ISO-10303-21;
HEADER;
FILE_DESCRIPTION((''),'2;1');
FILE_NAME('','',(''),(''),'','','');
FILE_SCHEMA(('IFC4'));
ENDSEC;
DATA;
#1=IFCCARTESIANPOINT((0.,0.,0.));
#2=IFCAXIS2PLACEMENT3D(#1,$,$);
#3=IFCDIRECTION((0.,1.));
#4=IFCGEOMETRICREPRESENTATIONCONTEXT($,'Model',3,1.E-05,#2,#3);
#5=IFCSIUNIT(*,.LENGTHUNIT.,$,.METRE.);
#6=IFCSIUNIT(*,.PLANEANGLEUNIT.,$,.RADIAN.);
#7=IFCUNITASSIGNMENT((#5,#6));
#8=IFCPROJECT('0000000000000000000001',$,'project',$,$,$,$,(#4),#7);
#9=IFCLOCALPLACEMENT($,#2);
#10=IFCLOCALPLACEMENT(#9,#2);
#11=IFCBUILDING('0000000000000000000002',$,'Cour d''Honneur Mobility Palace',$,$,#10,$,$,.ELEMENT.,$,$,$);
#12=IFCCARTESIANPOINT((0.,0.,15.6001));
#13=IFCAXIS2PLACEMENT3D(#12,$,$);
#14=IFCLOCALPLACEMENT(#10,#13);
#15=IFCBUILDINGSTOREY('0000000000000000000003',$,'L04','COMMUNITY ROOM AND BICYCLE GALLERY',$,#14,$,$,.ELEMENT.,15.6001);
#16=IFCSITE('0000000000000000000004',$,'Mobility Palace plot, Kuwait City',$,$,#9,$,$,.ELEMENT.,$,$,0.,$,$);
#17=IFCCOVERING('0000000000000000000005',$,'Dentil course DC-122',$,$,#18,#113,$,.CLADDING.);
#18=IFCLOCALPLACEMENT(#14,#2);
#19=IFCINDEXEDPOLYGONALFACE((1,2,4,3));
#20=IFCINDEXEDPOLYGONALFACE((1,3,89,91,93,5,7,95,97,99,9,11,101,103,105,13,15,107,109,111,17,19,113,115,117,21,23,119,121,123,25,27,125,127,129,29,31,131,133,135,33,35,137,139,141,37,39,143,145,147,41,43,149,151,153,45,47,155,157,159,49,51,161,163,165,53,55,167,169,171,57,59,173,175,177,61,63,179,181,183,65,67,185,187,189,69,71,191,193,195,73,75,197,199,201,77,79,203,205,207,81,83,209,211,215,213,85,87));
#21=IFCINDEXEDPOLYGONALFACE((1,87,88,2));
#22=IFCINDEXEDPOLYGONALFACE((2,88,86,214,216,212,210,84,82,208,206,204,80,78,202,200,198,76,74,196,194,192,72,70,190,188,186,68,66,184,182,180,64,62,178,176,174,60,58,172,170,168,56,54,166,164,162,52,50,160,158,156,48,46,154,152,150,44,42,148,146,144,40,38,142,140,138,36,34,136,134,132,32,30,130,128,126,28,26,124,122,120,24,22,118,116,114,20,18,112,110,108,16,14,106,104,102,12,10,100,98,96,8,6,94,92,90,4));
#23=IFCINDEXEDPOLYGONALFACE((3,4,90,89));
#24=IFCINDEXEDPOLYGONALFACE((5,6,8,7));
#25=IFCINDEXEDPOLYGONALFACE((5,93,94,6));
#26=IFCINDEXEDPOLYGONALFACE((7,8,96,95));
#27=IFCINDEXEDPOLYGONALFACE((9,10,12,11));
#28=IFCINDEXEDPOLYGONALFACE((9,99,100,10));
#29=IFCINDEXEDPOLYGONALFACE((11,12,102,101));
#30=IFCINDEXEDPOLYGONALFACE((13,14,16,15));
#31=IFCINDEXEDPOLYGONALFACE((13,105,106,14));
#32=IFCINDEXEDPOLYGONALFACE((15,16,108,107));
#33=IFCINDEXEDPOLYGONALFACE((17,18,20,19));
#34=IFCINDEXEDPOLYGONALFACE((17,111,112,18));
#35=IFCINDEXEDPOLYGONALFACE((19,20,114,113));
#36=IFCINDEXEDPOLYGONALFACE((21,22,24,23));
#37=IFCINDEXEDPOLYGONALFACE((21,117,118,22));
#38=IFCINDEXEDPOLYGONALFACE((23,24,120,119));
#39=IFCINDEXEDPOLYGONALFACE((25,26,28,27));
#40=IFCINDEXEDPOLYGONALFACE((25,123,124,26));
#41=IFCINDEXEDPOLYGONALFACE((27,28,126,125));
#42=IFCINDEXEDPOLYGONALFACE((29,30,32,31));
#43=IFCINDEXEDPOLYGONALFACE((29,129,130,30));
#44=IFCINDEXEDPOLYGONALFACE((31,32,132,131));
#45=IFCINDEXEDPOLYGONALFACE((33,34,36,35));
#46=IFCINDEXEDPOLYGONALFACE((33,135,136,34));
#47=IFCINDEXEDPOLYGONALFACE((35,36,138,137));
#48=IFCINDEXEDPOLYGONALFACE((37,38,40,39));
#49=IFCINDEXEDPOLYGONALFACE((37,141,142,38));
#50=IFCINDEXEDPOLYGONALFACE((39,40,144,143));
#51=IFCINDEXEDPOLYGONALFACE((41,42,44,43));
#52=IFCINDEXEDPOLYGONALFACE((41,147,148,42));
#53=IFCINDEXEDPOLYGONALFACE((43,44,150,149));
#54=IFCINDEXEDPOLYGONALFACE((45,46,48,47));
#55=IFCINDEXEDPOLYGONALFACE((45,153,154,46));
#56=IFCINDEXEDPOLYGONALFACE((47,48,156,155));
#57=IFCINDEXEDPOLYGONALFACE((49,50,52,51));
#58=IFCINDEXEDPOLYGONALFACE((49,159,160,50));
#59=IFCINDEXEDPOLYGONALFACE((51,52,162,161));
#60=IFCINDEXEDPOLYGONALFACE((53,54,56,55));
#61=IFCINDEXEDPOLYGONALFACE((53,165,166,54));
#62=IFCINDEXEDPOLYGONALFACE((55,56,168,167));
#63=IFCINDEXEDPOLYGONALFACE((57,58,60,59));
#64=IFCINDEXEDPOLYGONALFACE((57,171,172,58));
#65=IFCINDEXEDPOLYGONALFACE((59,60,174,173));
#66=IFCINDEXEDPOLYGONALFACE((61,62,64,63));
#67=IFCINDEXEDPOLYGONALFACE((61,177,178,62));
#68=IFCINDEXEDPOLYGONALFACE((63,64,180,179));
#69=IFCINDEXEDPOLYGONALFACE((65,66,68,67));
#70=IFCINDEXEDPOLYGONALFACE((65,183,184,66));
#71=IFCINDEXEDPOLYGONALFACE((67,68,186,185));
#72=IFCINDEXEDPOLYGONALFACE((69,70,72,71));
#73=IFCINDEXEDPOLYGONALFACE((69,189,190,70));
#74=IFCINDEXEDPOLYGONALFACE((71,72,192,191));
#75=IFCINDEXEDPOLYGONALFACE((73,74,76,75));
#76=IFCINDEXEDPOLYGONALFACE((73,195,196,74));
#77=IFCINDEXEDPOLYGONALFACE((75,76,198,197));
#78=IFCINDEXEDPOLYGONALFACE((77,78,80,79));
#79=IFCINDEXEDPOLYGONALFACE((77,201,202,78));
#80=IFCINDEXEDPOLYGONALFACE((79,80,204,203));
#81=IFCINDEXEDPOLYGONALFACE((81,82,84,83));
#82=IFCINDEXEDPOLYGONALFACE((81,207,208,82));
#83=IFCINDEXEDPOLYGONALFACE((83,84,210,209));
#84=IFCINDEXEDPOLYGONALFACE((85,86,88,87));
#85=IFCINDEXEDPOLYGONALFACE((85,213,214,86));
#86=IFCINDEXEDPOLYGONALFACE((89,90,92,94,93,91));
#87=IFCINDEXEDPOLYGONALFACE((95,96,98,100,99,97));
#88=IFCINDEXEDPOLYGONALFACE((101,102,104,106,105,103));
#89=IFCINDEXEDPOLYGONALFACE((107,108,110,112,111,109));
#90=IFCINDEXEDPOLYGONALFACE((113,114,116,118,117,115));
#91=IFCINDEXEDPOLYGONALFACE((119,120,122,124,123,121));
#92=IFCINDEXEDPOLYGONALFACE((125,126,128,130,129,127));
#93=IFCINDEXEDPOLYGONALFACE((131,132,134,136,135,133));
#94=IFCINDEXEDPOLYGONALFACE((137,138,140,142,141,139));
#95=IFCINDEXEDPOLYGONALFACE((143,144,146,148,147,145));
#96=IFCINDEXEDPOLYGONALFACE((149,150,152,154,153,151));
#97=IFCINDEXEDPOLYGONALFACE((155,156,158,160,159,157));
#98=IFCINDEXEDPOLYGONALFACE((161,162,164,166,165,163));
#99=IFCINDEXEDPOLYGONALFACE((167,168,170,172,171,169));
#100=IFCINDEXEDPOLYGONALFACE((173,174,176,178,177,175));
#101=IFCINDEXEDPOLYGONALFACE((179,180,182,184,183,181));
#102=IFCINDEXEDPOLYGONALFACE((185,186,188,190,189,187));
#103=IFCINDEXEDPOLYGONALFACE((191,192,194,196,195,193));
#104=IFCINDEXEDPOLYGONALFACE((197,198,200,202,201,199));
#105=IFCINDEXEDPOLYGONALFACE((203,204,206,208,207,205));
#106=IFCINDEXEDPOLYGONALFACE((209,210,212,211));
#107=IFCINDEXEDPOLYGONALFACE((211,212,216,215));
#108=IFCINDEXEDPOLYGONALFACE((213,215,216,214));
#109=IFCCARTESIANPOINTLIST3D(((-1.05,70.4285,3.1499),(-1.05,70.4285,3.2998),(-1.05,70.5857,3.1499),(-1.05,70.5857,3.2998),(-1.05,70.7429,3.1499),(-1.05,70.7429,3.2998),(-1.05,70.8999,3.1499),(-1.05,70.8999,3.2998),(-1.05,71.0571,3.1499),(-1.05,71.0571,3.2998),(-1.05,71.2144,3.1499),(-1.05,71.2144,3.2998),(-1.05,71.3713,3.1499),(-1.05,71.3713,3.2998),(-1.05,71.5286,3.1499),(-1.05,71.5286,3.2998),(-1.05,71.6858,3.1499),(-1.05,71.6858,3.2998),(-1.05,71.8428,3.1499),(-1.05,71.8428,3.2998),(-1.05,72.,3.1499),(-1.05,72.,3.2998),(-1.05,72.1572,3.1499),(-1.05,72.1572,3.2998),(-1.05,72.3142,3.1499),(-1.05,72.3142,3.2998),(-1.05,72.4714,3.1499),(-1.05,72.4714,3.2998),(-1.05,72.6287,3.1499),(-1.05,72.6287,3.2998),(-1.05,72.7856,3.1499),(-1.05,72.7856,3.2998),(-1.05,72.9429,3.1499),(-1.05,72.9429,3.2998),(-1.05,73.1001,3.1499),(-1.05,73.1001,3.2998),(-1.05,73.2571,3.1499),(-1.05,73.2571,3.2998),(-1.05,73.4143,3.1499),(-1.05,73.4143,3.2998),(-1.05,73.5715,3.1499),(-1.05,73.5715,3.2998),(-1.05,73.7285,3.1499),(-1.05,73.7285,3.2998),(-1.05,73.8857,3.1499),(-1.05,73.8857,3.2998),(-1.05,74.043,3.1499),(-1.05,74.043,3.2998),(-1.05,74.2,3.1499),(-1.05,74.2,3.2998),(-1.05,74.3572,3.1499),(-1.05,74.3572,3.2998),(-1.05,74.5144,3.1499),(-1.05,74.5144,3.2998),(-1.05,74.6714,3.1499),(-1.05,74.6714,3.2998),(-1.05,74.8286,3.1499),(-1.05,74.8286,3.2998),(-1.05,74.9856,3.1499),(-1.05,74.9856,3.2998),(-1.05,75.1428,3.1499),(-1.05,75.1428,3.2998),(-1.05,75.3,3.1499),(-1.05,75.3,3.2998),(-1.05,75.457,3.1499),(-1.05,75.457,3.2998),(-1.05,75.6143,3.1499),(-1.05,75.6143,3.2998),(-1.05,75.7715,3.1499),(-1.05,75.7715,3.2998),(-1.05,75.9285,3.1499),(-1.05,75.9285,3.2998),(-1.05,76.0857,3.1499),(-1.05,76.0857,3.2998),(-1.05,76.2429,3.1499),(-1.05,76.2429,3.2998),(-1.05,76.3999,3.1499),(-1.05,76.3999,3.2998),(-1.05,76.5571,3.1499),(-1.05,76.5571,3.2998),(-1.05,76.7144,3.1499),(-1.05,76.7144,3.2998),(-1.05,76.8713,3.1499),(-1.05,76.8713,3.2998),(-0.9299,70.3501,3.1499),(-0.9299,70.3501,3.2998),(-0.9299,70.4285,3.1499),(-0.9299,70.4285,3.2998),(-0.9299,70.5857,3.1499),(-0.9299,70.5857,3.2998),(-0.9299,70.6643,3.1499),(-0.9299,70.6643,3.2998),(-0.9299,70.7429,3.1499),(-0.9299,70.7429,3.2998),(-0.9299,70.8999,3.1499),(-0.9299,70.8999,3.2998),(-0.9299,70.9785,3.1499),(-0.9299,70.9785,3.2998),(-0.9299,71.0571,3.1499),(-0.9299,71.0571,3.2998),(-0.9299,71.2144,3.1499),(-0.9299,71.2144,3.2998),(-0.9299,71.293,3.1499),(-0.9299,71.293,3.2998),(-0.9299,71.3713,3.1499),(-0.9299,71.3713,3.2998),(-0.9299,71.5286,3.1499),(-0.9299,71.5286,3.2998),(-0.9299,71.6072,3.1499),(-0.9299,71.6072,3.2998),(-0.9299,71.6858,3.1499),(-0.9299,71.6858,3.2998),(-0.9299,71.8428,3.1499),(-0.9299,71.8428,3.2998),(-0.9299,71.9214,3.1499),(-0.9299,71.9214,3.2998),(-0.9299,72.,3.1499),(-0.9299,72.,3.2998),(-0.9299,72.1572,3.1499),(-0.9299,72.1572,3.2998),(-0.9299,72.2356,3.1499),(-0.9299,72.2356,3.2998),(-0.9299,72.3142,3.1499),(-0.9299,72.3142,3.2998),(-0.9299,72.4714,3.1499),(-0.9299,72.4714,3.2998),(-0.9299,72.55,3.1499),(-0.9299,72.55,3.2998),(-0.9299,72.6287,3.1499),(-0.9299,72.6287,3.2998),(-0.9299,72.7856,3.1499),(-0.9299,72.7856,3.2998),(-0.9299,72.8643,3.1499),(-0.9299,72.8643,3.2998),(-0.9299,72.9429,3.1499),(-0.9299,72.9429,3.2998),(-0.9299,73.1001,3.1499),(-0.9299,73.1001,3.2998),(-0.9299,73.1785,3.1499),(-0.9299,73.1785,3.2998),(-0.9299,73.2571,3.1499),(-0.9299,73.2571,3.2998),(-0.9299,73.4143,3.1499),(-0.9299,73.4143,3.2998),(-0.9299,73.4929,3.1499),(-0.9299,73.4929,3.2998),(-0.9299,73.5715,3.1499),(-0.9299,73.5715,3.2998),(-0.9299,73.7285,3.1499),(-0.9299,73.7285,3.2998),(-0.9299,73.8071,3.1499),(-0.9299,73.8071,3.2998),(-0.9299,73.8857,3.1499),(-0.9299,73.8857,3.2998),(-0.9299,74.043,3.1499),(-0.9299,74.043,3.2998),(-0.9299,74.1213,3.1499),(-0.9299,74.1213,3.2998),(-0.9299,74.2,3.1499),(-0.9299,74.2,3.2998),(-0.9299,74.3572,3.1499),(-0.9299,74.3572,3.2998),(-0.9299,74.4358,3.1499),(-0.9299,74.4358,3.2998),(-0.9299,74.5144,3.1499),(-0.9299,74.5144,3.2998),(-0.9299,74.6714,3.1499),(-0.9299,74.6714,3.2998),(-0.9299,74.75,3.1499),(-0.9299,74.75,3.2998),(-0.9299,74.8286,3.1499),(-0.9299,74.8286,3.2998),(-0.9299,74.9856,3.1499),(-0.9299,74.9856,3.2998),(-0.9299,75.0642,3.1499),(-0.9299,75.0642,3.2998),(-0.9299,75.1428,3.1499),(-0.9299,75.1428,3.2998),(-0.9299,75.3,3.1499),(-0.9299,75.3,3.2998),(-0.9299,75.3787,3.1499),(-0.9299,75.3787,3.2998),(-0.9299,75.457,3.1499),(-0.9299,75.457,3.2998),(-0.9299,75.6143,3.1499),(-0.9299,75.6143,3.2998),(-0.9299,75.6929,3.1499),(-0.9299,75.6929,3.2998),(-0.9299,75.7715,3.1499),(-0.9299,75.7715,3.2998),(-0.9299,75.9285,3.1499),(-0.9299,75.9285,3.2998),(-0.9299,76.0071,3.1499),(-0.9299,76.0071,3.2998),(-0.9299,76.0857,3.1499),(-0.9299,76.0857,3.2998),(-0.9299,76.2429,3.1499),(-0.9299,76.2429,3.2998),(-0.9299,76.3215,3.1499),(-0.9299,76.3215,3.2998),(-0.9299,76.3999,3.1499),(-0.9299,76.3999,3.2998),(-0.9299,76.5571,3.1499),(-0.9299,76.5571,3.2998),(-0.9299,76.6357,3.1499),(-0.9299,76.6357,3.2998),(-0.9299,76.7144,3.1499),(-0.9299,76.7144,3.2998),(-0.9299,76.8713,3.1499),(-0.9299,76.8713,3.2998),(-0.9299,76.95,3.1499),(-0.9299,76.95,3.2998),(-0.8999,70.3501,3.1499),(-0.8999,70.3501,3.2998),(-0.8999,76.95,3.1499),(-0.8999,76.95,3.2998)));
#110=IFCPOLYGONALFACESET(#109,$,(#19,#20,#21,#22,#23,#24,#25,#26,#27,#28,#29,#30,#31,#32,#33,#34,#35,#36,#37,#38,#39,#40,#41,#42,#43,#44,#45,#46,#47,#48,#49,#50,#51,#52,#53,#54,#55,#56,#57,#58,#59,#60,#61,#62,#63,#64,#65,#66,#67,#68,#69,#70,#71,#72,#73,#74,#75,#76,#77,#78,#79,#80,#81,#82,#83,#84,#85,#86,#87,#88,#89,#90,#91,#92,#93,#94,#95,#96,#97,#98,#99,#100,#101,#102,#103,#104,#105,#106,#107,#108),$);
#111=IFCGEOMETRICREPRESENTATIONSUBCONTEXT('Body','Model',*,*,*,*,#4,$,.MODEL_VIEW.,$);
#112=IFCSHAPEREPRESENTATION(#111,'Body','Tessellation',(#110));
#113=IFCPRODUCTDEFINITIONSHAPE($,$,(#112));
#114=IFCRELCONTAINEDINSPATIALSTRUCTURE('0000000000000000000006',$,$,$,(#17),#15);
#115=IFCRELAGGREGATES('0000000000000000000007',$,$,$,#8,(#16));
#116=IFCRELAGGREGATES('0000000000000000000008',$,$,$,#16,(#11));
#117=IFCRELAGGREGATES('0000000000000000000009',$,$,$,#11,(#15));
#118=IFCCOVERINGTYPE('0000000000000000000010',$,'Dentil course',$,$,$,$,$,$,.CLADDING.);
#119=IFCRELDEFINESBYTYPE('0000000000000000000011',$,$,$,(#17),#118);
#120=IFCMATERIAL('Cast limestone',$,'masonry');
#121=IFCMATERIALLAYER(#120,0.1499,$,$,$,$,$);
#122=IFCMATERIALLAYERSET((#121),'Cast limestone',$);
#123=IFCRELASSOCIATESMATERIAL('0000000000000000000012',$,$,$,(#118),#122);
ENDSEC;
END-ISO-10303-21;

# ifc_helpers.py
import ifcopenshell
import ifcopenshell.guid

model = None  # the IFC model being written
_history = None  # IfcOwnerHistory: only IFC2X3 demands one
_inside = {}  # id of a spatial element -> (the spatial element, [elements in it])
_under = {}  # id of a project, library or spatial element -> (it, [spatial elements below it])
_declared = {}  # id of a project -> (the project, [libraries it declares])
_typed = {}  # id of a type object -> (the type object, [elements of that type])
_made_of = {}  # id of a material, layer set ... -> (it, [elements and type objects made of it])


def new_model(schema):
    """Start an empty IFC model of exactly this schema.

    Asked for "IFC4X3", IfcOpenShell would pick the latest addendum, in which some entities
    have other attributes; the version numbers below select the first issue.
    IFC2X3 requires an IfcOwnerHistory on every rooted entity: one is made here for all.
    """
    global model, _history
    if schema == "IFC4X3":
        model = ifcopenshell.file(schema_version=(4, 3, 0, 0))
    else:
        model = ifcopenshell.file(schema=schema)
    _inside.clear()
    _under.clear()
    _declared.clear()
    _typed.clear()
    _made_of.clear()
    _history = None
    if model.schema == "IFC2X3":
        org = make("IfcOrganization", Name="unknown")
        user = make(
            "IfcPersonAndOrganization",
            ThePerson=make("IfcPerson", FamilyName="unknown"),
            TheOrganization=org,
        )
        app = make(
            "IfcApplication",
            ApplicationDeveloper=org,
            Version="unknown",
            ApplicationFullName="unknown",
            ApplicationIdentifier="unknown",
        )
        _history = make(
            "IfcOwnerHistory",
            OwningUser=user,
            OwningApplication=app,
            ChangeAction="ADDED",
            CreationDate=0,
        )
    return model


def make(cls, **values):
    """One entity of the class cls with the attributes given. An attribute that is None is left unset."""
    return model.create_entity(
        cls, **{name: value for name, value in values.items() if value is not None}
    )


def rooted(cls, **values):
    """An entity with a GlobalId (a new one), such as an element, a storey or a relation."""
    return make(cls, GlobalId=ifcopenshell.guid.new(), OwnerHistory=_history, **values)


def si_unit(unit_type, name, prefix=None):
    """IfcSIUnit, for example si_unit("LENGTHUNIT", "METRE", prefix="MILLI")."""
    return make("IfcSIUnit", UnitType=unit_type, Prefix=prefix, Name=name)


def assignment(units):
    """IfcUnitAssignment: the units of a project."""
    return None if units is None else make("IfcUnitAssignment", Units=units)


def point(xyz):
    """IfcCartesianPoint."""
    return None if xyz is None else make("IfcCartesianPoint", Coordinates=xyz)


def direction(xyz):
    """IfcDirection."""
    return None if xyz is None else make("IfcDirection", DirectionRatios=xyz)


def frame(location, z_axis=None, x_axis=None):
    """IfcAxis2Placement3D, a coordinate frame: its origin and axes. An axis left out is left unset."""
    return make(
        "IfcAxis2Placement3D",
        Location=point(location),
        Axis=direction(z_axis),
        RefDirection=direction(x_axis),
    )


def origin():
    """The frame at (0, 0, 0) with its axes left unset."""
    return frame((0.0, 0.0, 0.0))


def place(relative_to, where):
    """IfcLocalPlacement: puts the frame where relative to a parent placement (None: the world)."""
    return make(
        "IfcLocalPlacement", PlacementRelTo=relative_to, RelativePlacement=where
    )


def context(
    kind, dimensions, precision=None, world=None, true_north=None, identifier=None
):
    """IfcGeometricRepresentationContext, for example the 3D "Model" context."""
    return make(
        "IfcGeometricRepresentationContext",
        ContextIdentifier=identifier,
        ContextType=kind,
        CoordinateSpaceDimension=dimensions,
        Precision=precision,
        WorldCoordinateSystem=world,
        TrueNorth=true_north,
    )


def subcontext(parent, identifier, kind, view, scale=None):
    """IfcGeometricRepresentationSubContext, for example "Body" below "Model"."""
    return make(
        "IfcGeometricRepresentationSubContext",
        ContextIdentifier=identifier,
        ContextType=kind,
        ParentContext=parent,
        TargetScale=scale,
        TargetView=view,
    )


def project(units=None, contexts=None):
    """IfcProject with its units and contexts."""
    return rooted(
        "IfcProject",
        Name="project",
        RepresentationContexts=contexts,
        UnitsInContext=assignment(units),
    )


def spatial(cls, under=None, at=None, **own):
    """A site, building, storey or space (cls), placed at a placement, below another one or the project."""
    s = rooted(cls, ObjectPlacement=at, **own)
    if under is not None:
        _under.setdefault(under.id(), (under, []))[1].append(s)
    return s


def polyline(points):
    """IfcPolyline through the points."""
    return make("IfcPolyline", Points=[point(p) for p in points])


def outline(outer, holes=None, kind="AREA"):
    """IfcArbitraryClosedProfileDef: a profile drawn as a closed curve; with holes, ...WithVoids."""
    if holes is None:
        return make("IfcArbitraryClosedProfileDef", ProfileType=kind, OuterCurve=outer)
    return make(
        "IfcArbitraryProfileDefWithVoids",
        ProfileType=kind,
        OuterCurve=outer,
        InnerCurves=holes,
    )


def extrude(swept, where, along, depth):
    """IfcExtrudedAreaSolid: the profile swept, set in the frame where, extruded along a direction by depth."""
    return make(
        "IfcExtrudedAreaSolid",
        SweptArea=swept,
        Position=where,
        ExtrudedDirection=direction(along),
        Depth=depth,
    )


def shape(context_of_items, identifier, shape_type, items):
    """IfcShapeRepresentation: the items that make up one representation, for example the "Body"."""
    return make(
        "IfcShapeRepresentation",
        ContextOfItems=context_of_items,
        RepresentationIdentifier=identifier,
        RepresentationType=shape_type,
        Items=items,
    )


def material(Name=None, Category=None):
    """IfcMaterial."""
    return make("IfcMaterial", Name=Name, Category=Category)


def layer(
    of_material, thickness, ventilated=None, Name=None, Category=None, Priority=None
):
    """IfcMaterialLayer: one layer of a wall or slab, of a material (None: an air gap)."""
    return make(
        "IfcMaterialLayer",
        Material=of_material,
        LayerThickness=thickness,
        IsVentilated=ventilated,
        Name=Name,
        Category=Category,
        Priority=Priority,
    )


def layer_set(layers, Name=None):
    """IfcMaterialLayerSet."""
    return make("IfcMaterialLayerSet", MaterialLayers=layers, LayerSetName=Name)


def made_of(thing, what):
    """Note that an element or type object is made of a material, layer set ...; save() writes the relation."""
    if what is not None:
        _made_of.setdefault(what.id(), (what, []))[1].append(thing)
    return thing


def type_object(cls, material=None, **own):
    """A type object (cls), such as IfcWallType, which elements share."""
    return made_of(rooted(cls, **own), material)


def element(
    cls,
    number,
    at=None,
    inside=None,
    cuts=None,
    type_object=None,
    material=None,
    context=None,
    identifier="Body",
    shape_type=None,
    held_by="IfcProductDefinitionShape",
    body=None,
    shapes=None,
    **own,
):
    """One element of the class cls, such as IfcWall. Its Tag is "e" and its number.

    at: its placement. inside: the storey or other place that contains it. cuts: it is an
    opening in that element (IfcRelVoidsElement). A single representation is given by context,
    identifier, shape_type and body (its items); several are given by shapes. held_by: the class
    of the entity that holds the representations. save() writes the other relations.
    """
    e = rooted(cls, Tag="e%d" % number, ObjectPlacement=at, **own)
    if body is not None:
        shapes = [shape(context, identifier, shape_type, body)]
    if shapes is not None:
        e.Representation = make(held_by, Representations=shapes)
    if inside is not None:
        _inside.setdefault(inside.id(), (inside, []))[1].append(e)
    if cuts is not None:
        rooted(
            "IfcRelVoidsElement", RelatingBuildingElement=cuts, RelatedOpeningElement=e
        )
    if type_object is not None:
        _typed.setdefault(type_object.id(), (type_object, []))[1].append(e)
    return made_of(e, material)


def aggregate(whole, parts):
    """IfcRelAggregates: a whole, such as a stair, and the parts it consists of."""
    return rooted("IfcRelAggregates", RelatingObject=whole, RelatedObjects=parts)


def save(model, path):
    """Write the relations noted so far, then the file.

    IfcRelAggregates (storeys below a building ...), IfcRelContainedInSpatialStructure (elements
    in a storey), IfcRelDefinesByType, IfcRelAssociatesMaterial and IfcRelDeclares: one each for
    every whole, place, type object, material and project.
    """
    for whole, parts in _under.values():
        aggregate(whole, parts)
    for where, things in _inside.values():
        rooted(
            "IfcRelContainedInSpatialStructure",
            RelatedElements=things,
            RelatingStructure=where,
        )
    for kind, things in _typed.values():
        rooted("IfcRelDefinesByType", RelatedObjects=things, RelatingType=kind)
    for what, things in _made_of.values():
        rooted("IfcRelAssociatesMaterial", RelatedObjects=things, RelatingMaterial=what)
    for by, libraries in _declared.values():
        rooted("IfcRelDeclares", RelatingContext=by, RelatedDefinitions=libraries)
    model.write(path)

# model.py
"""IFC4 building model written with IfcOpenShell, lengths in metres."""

from ifc_helpers import new_model, si_unit, direction, frame, origin, place, context, subcontext, project, spatial, polyline, outline, extrude, material, layer, layer_set, type_object, element, save


model = new_model("IFC4")

# Units and contexts
model_context = context("Model", 3, precision=1e-05, world=origin(), true_north=direction((0.0, 1.0)))
body_context = subcontext(model_context, "Body", "Model", "MODEL_VIEW")
ifc_project = project(units=[si_unit("LENGTHUNIT", "METRE"), si_unit("PLANEANGLEUNIT", "RADIAN")], contexts=[model_context])

# Site, building, storey
site_placement = place(None, origin())
site = spatial("IfcSite", under=ifc_project, at=site_placement, Name="Mobility Palace plot, Kuwait City", CompositionType="ELEMENT", RefElevation=0.0)
building_placement = place(site_placement, origin())
building = spatial("IfcBuilding", under=site, at=building_placement, Name="Cour d'Honneur Mobility Palace", CompositionType="ELEMENT")
storey_placement = place(building_placement, frame((0.0, 0.0, 15.6001)))
storey = spatial("IfcBuildingStorey", under=building, at=storey_placement, Name="L04", Description="COMMUNITY ROOM AND BICYCLE GALLERY", CompositionType="ELEMENT", Elevation=15.6001)

# Covering
ifc_material = material(Name="Cast limestone", Category="masonry")
ifc_layer = layer(ifc_material, 0.1499)
ifc_layer_set = layer_set([ifc_layer], Name="Cast limestone")
covering_type = type_object("IfcCoveringType", Name="Dentil course", PredefinedType="CLADDING", material=ifc_layer_set)
covering_1_placement = place(storey_placement, frame((0.0, 0.0, 3.1499)))
element("IfcCovering", 1, at=covering_1_placement, inside=storey, type_object=covering_type, Name="Dentil course DC-122", PredefinedType="CLADDING", context=body_context, shape_type="SweptSolid", body=[
    extrude(outline(polyline([(-0.8999, 76.95), (-0.8999, 70.3501), (-0.9299, 70.3501), (-0.9299, 70.3501), (-0.9299, 70.4285), (-1.05, 70.4285), (-1.05, 70.5857), (-0.9299, 70.5857), (-0.9299, 70.6643), (-0.9299, 70.6643), (-0.9299, 70.7429), (-1.05, 70.7429), (-1.05, 70.8999), (-0.9299, 70.8999), (-0.9299, 70.9785), (-0.9299, 70.9785), (-0.9299, 71.0571), (-1.05, 71.0571), (-1.05, 71.2144), (-0.9299, 71.2144), (-0.9299, 71.293), (-0.9299, 71.293), (-0.9299, 71.3713), (-1.05, 71.3713), (-1.05, 71.5286), (-0.9299, 71.5286), (-0.9299, 71.6072), (-0.9299, 71.6072), (-0.9299, 71.6858), (-1.05, 71.6858), (-1.05, 71.8428), (-0.9299, 71.8428), (-0.9299, 71.9214), (-0.9299, 71.9214), (-0.9299, 72.0), (-1.05, 72.0), (-1.05, 72.1572), (-0.9299, 72.1572), (-0.9299, 72.2356), (-0.9299, 72.2356), (-0.9299, 72.3142), (-1.05, 72.3142), (-1.05, 72.4714), (-0.9299, 72.4714), (-0.9299, 72.55), (-0.9299, 72.55), (-0.9299, 72.6287), (-1.05, 72.6287), (-1.05, 72.7856), (-0.9299, 72.7856), (-0.9299, 72.8643), (-0.9299, 72.8643), (-0.9299, 72.9429), (-1.05, 72.9429), (-1.05, 73.1001), (-0.9299, 73.1001), (-0.9299, 73.1785), (-0.9299, 73.1785), (-0.9299, 73.2571), (-1.05, 73.2571), (-1.05, 73.4143), (-0.9299, 73.4143), (-0.9299, 73.4929), (-0.9299, 73.4929), (-0.9299, 73.5715), (-1.05, 73.5715), (-1.05, 73.7285), (-0.9299, 73.7285), (-0.9299, 73.8071), (-0.9299, 73.8071), (-0.9299, 73.8857), (-1.05, 73.8857), (-1.05, 74.043), (-0.9299, 74.043), (-0.9299, 74.1213), (-0.9299, 74.1213), (-0.9299, 74.2), (-1.05, 74.2), (-1.05, 74.3572), (-0.9299, 74.3572), (-0.9299, 74.4358), (-0.9299, 74.4358), (-0.9299, 74.5144), (-1.05, 74.5144), (-1.05, 74.6714), (-0.9299, 74.6714), (-0.9299, 74.75), (-0.9299, 74.75), (-0.9299, 74.8286), (-1.05, 74.8286), (-1.05, 74.9856), (-0.9299, 74.9856), (-0.9299, 75.0642), (-0.9299, 75.0642), (-0.9299, 75.1428), (-1.05, 75.1428), (-1.05, 75.3), (-0.9299, 75.3), (-0.9299, 75.3787), (-0.9299, 75.3787), (-0.9299, 75.457), (-1.05, 75.457), (-1.05, 75.6143), (-0.9299, 75.6143), (-0.9299, 75.6929), (-0.9299, 75.6929), (-0.9299, 75.7715), (-1.05, 75.7715), (-1.05, 75.9285), (-0.9299, 75.9285), (-0.9299, 76.0071), (-0.9299, 76.0071), (-0.9299, 76.0857), (-1.05, 76.0857), (-1.05, 76.2429), (-0.9299, 76.2429), (-0.9299, 76.3215), (-0.9299, 76.3215), (-0.9299, 76.3999), (-1.05, 76.3999), (-1.05, 76.5571), (-0.9299, 76.5571), (-0.9299, 76.6357), (-0.9299, 76.6357), (-0.9299, 76.7144), (-1.05, 76.7144), (-1.05, 76.8713), (-0.9299, 76.8713), (-0.9299, 76.95), (-0.8999, 76.95)])), origin(), (0.0, 0.0, 1.0), 0.1499),
])

save(model, "model.ifc")
